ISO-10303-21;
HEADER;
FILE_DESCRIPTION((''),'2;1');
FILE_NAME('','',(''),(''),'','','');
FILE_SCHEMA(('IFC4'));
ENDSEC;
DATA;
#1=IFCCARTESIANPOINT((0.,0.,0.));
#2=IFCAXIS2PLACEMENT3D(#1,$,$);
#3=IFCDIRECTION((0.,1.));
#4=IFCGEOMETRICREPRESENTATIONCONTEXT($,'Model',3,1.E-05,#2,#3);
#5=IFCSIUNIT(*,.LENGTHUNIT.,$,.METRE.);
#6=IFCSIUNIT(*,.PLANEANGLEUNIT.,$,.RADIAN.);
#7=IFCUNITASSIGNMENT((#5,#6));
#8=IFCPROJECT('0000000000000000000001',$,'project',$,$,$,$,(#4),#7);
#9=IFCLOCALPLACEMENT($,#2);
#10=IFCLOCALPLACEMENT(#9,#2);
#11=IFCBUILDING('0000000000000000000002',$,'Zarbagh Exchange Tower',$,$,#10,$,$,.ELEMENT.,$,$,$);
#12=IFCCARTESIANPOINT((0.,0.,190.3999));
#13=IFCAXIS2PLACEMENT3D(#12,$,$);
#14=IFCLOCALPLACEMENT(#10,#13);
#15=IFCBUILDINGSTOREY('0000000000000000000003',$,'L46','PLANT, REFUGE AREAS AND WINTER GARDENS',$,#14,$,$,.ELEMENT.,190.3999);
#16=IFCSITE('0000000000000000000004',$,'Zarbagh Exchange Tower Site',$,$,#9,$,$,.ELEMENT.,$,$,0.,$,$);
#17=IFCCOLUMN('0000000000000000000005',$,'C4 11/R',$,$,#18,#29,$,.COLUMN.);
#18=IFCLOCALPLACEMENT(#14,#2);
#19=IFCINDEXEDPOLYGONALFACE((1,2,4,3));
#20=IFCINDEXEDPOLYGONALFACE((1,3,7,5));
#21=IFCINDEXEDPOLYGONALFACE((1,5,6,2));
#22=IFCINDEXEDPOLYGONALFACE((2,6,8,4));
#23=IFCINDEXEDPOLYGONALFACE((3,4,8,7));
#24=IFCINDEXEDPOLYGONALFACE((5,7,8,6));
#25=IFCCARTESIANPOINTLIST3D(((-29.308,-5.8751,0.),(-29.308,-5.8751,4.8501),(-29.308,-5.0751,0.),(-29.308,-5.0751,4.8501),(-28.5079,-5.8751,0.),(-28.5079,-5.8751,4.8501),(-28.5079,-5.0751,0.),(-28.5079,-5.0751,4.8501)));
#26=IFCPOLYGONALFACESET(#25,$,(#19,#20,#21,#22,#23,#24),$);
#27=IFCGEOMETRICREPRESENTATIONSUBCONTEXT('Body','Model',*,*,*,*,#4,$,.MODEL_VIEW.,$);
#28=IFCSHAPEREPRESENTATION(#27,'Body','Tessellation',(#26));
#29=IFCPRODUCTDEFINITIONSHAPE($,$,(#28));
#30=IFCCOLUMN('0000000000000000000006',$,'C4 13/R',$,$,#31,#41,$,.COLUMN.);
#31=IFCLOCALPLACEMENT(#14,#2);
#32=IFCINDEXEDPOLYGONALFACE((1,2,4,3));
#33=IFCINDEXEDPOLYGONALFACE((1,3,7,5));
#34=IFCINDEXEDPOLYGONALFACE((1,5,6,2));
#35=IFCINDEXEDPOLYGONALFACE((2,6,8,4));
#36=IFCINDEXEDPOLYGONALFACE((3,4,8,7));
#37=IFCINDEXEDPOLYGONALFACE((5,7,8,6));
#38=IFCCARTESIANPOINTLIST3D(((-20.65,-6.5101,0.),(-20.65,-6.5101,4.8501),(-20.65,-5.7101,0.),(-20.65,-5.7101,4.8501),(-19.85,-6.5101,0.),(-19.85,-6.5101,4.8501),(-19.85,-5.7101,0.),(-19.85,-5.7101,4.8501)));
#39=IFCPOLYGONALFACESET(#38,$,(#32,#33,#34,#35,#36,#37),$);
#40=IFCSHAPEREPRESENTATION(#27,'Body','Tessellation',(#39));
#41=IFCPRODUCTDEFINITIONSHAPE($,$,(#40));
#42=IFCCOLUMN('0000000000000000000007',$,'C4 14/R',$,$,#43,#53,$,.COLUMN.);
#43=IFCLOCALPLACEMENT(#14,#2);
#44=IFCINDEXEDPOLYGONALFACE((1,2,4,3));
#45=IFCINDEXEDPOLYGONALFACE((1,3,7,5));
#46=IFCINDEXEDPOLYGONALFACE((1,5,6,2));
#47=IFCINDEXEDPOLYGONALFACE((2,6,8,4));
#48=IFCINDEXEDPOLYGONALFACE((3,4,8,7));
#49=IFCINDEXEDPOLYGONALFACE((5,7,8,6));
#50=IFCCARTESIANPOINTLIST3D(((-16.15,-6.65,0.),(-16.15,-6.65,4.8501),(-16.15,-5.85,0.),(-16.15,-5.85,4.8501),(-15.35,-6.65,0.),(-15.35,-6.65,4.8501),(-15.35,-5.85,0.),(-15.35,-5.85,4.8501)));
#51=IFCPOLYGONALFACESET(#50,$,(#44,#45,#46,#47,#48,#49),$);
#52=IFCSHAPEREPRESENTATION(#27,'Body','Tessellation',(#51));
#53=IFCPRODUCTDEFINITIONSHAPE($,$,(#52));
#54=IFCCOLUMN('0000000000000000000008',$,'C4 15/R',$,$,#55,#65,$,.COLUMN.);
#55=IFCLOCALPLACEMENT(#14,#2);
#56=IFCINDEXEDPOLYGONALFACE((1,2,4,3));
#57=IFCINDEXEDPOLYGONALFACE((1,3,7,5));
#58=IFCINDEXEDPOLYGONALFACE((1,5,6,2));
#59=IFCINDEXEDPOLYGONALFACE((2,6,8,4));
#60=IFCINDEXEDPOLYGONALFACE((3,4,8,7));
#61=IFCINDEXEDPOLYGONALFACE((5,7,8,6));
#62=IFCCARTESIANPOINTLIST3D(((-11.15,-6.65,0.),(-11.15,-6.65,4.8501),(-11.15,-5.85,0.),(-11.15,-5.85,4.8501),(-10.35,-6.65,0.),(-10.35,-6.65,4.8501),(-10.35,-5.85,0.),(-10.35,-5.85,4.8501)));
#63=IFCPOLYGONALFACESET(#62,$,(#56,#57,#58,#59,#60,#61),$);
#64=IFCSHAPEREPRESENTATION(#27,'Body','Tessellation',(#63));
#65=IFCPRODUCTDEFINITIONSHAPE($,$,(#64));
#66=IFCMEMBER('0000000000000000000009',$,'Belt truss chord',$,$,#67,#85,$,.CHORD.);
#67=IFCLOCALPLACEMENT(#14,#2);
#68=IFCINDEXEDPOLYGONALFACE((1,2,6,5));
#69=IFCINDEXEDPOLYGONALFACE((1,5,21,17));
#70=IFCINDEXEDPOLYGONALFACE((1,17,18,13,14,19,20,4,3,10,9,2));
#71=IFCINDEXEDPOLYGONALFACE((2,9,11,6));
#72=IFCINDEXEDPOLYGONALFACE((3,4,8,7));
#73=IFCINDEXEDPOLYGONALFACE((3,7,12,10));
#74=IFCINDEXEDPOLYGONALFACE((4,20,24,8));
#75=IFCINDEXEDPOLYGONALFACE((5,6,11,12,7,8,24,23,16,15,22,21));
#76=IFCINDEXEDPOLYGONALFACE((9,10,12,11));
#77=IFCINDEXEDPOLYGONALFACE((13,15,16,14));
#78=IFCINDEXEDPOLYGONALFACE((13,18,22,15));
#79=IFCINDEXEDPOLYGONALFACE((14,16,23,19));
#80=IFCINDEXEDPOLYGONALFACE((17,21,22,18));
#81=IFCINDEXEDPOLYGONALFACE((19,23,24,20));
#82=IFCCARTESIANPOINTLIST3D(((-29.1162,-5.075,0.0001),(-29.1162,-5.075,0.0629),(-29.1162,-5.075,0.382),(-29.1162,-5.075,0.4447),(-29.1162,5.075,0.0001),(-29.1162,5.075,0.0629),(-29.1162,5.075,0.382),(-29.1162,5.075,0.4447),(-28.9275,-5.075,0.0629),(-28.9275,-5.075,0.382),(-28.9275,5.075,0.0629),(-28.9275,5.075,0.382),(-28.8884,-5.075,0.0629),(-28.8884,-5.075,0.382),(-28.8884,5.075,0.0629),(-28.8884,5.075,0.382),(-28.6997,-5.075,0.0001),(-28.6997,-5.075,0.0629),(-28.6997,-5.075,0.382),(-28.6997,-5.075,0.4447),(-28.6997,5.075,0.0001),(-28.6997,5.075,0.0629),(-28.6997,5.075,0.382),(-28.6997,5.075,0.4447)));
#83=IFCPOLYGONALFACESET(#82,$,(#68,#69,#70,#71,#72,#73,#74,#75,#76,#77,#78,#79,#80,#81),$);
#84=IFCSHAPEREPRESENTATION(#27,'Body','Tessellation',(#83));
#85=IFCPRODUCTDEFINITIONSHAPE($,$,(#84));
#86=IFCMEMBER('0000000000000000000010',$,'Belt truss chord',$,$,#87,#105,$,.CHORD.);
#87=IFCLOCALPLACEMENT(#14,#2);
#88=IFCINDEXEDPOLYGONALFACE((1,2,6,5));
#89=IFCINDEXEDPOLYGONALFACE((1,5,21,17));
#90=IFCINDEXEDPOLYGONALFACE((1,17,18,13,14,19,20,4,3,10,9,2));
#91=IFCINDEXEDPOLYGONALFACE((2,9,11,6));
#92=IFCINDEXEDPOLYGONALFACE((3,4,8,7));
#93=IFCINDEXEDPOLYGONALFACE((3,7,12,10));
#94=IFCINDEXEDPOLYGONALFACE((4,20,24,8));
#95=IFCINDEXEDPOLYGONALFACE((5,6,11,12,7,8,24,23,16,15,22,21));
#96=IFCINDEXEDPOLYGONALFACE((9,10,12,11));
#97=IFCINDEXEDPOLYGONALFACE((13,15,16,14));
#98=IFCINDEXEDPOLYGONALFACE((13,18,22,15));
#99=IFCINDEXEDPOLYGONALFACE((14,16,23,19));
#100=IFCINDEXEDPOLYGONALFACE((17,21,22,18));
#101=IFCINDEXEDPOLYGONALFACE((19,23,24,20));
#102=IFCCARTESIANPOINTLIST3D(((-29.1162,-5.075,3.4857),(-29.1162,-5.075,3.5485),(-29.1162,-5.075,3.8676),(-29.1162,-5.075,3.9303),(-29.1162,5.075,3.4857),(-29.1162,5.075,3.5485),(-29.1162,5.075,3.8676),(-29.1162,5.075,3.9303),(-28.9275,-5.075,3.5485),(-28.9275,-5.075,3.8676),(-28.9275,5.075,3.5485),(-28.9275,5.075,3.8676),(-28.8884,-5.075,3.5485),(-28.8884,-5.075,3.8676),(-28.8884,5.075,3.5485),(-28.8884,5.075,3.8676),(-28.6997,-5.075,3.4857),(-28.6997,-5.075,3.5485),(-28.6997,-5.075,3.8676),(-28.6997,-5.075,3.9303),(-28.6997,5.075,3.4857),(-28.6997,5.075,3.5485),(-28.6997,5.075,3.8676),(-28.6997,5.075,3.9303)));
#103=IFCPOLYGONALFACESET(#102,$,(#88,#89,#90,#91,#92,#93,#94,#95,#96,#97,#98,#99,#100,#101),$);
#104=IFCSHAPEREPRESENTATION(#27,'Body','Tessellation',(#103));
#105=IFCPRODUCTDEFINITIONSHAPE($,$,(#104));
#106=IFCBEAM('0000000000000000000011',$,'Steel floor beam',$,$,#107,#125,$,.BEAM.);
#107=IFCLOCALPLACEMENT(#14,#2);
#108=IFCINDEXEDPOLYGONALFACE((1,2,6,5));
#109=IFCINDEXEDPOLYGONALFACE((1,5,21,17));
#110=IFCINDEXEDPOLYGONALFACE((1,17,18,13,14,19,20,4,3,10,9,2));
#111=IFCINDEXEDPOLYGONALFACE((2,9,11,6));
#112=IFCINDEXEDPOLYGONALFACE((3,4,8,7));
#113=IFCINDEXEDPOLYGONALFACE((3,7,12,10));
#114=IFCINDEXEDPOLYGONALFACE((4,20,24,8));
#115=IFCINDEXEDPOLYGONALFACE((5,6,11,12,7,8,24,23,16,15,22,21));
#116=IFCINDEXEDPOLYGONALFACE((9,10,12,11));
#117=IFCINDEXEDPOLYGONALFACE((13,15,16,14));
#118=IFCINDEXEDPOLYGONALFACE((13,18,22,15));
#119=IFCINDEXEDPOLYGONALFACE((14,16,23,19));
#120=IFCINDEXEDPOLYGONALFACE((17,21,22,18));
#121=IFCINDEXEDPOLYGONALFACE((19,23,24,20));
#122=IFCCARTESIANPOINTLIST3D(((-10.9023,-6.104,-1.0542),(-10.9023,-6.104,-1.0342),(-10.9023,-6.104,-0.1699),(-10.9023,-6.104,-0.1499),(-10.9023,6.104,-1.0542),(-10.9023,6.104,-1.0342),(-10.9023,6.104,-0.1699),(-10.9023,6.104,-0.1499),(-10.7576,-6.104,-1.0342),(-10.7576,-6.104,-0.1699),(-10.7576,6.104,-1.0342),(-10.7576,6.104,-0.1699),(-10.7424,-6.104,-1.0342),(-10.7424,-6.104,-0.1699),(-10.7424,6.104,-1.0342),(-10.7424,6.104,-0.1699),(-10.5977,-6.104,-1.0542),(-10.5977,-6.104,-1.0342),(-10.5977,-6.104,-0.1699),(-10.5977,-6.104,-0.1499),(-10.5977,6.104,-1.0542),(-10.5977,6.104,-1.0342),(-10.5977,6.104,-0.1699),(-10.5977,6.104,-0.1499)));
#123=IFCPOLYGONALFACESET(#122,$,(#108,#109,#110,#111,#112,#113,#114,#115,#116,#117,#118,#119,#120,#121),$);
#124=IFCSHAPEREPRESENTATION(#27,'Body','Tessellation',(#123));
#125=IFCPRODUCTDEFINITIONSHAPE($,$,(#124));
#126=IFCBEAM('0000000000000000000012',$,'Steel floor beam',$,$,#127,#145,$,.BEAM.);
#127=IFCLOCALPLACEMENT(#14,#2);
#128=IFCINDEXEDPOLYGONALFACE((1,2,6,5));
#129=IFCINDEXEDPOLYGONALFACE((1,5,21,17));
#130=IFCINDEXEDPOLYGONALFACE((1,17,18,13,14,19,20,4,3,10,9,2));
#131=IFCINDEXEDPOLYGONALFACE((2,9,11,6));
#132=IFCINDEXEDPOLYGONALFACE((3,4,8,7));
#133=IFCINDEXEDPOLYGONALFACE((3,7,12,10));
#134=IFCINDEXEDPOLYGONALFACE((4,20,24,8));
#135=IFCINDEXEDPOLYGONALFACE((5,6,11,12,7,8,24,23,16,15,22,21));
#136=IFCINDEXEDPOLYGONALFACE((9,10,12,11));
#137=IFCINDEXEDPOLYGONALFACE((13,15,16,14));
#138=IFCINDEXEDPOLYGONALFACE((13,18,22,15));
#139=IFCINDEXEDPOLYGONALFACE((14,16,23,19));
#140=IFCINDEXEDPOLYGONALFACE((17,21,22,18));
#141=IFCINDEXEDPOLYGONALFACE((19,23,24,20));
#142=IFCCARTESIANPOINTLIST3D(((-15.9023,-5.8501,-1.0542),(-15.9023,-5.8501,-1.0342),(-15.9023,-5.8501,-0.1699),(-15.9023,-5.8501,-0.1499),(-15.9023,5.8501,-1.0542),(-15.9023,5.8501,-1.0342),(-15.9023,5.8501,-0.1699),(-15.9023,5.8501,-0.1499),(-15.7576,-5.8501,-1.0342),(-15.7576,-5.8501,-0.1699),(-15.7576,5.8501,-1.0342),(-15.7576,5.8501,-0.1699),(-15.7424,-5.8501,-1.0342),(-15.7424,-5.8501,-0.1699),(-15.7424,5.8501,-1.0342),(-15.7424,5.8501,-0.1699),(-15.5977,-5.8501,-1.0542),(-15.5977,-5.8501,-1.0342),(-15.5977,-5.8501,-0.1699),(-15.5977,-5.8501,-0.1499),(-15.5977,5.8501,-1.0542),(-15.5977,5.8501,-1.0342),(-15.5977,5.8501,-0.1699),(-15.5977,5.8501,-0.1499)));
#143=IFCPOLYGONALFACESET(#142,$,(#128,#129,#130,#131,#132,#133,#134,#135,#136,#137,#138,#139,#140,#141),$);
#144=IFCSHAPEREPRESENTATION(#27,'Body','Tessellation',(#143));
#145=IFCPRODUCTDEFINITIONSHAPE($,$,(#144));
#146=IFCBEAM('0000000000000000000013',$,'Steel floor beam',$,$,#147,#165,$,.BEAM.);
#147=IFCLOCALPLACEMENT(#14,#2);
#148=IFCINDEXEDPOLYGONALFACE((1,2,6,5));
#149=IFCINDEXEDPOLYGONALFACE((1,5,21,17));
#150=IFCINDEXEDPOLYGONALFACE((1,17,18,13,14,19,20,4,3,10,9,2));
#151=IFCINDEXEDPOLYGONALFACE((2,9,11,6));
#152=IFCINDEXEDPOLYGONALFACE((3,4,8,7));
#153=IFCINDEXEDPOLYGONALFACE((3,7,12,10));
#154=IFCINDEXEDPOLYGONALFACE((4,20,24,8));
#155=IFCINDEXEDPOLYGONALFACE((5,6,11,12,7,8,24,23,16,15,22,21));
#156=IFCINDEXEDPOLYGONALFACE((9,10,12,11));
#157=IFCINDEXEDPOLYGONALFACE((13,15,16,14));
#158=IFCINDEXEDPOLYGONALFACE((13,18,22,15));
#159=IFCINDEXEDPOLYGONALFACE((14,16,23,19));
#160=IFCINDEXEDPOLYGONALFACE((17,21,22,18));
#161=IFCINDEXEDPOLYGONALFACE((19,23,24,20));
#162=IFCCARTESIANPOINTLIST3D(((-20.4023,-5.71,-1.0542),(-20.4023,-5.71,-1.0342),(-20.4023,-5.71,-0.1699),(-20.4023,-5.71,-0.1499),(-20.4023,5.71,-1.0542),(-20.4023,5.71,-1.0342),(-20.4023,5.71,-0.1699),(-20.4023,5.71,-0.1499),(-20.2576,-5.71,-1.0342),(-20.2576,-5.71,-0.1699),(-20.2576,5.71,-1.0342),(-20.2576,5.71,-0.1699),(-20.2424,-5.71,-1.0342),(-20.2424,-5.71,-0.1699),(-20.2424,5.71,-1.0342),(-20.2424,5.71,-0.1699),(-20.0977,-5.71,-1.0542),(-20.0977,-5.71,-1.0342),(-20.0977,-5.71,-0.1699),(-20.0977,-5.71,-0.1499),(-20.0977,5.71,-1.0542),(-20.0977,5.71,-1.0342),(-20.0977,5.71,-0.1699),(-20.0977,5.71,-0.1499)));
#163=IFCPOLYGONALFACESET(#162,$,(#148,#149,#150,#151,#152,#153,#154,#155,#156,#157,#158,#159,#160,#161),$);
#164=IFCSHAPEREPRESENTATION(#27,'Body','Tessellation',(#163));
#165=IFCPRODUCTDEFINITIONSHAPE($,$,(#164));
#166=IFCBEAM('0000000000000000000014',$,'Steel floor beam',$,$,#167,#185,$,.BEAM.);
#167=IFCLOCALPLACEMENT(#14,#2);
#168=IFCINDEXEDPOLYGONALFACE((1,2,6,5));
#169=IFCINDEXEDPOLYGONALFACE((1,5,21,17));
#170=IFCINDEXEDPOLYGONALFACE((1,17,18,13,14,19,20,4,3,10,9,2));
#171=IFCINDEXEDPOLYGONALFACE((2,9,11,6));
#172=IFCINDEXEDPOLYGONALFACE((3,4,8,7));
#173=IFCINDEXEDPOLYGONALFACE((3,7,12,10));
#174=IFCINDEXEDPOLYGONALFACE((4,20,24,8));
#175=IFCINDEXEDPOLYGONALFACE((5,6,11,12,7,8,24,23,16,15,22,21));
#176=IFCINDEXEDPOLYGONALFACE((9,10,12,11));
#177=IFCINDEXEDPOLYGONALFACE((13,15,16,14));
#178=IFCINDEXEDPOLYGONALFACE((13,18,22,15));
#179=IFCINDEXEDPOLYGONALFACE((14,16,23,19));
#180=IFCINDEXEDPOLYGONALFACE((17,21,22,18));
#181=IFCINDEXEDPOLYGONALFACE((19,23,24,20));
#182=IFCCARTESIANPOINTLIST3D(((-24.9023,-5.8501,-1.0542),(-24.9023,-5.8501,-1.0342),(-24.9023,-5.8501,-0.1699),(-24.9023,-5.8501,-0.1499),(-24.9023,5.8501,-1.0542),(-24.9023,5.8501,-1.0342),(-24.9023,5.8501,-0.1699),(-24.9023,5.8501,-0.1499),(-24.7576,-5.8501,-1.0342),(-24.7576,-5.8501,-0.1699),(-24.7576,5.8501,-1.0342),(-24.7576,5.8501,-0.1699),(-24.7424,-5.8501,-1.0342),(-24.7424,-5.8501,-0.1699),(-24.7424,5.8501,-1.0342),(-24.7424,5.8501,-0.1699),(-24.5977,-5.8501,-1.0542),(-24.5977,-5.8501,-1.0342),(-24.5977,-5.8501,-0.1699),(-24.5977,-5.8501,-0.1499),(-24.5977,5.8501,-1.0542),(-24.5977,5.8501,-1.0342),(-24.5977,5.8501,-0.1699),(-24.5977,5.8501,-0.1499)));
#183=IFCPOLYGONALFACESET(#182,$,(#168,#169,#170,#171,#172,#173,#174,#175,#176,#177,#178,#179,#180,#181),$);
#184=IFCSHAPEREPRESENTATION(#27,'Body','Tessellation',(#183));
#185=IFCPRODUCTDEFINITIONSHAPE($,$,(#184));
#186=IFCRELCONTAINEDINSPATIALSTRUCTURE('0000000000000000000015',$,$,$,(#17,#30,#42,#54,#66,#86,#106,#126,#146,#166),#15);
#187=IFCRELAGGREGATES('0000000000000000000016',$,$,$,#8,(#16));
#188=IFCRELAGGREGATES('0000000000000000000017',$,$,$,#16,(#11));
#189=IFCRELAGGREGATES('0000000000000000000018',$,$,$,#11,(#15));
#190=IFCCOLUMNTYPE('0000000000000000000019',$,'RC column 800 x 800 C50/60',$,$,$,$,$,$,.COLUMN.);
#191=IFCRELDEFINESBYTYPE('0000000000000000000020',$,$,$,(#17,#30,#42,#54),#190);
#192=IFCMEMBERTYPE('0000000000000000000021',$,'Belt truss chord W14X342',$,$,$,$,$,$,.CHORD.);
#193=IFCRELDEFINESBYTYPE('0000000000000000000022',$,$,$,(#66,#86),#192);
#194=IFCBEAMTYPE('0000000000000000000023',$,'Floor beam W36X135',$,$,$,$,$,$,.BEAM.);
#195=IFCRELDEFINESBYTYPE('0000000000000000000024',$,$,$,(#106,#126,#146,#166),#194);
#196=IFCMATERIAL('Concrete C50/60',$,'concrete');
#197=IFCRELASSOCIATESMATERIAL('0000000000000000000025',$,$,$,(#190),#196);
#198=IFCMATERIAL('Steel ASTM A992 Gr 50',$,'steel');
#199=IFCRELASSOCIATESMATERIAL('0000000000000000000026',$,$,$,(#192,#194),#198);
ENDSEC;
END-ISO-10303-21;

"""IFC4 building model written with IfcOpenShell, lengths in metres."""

from ifc_helpers import new_model, si_unit, direction, frame, origin, origin_2d, place, context, subcontext, project, spatial, rectangle, i_section, extrude, material, material_profile, profile_set, type_object, element, save


model = new_model("IFC4")

# Units and contexts
model_context = context("Model", 3, precision=1e-05, world=origin(), true_north=direction((0.0, 1.0)))
body_context = subcontext(model_context, "Body", "Model", "MODEL_VIEW")
ifc_project = project(units=[si_unit("LENGTHUNIT", "METRE"), si_unit("PLANEANGLEUNIT", "RADIAN")], contexts=[model_context])

# Site, building, storey
site_placement = place(None, origin())
site = spatial("IfcSite", under=ifc_project, at=site_placement, Name="Zarbagh Exchange Tower Site", CompositionType="ELEMENT", RefElevation=0.0)
building_placement = place(site_placement, origin())
building = spatial("IfcBuilding", under=site, at=building_placement, Name="Zarbagh Exchange Tower", CompositionType="ELEMENT")
storey_placement = place(building_placement, frame((0.0, 0.0, 190.3999)))
storey = spatial("IfcBuildingStorey", under=building, at=storey_placement, Name="L46", Description="PLANT, REFUGE AREAS AND WINTER GARDENS", CompositionType="ELEMENT", Elevation=190.3999)

# Columns
ifc_material_1 = material(Name="Concrete C50/60", Category="concrete")
ifc_material_profile_1 = material_profile(ifc_material_1, rectangle(XDim=0.8, YDim=0.8, at=origin_2d()), Name="RC column 800 x 800 C50/60")
ifc_profile_set_1 = profile_set([ifc_material_profile_1], Name="Concrete C50/60")
column_type = type_object("IfcColumnType", Name="RC column 800 x 800 C50/60", PredefinedType="COLUMN", material=ifc_profile_set_1)
for number, where, z_axis, x_axis, name in (
    (1, (-28.908, -5.4751, 0.0), (0.0, 0.0, 1.0), (1.0, 0.0, 0.0), "C4 11/R"),
    (2, (-20.25, -6.1101, 0.0), (0.0, 0.0, 1.0), (1.0, 0.0, 0.0), "C4 13/R"),
    (3, (-15.75, -6.25, 0.0), (0.0, 0.0, 1.0), (1.0, 0.0, 0.0), "C4 14/R"),
    (4, (-10.75, -6.25, 0.0), (0.0, 0.0, 1.0), (1.0, 0.0, 0.0), "C4 15/R"),
):
    element("IfcColumn", number, at=place(storey_placement, frame(where, z_axis=z_axis, x_axis=x_axis)), inside=storey, type_object=column_type, Name=name, PredefinedType="COLUMN", context=body_context, shape_type="SweptSolid", body=[
        extrude(rectangle(XDim=0.8, YDim=0.8, at=origin_2d()), origin(), (0.0, 0.0, 1.0), 4.8501),
    ])

# Members
ifc_material_2 = material(Name="Steel ASTM A992 Gr 50", Category="steel")
ifc_material_profile_2 = material_profile(ifc_material_2, i_section(OverallWidth=0.4165, OverallDepth=0.4446, WebThickness=0.0391, FlangeThickness=0.0627, at=origin_2d()), Name="W14X342")
ifc_profile_set_2 = profile_set([ifc_material_profile_2], Name="Steel ASTM A992 Gr 50")
member_type_1 = type_object("IfcMemberType", Name="Belt truss chord W14X342", PredefinedType="CHORD", material=ifc_profile_set_2)
for number, where, z_axis, x_axis, name in (
    (5, (-28.908, -5.075, 0.2224), (0.0, 1.0, 0.0), (-1.0, 0.0, 0.0), "Belt truss chord"),
    (6, (-28.908, -5.075, 3.708), (0.0, 1.0, 0.0), (-1.0, 0.0, 0.0), "Belt truss chord"),
):
    element("IfcMember", number, at=place(storey_placement, frame(where, z_axis=z_axis, x_axis=x_axis)), inside=storey, type_object=member_type_1, Name=name, PredefinedType="CHORD", context=body_context, shape_type="SweptSolid", body=[
        extrude(i_section(OverallWidth=0.4165, OverallDepth=0.4446, WebThickness=0.0391, FlangeThickness=0.0627, at=origin_2d()), origin(), (0.0, 0.0, 1.0), 10.1499),
    ])

# Beams
ifc_material_profile_3 = material_profile(ifc_material_2, i_section(OverallWidth=0.3047, OverallDepth=0.9043, WebThickness=0.0151, FlangeThickness=0.02, at=origin_2d()), Name="W36X135")
ifc_profile_set_3 = profile_set([ifc_material_profile_3], Name="Steel ASTM A992 Gr 50")
beam_type_1 = type_object("IfcBeamType", Name="Floor beam W36X135", PredefinedType="BEAM", material=ifc_profile_set_3)
beam_1_placement = place(storey_placement, frame((-10.75, -6.104, -0.6021), z_axis=(0.0, 1.0, 0.0), x_axis=(-1.0, 0.0, 0.0)))
element("IfcBeam", 7, at=beam_1_placement, inside=storey, type_object=beam_type_1, Name="Steel floor beam", PredefinedType="BEAM", context=body_context, shape_type="SweptSolid", body=[
    extrude(i_section(OverallWidth=0.3047, OverallDepth=0.9043, WebThickness=0.0151, FlangeThickness=0.02, at=origin_2d()), origin(), (0.0, 0.0, 1.0), 12.208),
])
beam_2_placement = place(storey_placement, frame((-15.75, -5.8501, -0.6021), z_axis=(0.0, 1.0, 0.0), x_axis=(-1.0, 0.0, 0.0)))
element("IfcBeam", 8, at=beam_2_placement, inside=storey, type_object=beam_type_1, Name="Steel floor beam", PredefinedType="BEAM", context=body_context, shape_type="SweptSolid", body=[
    extrude(i_section(OverallWidth=0.3047, OverallDepth=0.9043, WebThickness=0.0151, FlangeThickness=0.02, at=origin_2d()), origin(), (0.0, 0.0, 1.0), 11.7002),
])
beam_3_placement = place(storey_placement, frame((-20.25, -5.71, -0.6021), z_axis=(0.0, 1.0, 0.0), x_axis=(-1.0, 0.0, 0.0)))
element("IfcBeam", 9, at=beam_3_placement, inside=storey, type_object=beam_type_1, Name="Steel floor beam", PredefinedType="BEAM", context=body_context, shape_type="SweptSolid", body=[
    extrude(i_section(OverallWidth=0.3047, OverallDepth=0.9043, WebThickness=0.0151, FlangeThickness=0.02, at=origin_2d()), origin(), (0.0, 0.0, 1.0), 11.4199),
])
beam_4_placement = place(storey_placement, frame((-24.75, -5.8501, -0.6021), z_axis=(0.0, 1.0, 0.0), x_axis=(-1.0, 0.0, 0.0)))
element("IfcBeam", 10, at=beam_4_placement, inside=storey, type_object=beam_type_1, Name="Steel floor beam", PredefinedType="BEAM", context=body_context, shape_type="SweptSolid", body=[
    extrude(i_section(OverallWidth=0.3047, OverallDepth=0.9043, WebThickness=0.0151, FlangeThickness=0.02, at=origin_2d()), origin(), (0.0, 0.0, 1.0), 11.7002),
])

save(model, "model.ifc")
